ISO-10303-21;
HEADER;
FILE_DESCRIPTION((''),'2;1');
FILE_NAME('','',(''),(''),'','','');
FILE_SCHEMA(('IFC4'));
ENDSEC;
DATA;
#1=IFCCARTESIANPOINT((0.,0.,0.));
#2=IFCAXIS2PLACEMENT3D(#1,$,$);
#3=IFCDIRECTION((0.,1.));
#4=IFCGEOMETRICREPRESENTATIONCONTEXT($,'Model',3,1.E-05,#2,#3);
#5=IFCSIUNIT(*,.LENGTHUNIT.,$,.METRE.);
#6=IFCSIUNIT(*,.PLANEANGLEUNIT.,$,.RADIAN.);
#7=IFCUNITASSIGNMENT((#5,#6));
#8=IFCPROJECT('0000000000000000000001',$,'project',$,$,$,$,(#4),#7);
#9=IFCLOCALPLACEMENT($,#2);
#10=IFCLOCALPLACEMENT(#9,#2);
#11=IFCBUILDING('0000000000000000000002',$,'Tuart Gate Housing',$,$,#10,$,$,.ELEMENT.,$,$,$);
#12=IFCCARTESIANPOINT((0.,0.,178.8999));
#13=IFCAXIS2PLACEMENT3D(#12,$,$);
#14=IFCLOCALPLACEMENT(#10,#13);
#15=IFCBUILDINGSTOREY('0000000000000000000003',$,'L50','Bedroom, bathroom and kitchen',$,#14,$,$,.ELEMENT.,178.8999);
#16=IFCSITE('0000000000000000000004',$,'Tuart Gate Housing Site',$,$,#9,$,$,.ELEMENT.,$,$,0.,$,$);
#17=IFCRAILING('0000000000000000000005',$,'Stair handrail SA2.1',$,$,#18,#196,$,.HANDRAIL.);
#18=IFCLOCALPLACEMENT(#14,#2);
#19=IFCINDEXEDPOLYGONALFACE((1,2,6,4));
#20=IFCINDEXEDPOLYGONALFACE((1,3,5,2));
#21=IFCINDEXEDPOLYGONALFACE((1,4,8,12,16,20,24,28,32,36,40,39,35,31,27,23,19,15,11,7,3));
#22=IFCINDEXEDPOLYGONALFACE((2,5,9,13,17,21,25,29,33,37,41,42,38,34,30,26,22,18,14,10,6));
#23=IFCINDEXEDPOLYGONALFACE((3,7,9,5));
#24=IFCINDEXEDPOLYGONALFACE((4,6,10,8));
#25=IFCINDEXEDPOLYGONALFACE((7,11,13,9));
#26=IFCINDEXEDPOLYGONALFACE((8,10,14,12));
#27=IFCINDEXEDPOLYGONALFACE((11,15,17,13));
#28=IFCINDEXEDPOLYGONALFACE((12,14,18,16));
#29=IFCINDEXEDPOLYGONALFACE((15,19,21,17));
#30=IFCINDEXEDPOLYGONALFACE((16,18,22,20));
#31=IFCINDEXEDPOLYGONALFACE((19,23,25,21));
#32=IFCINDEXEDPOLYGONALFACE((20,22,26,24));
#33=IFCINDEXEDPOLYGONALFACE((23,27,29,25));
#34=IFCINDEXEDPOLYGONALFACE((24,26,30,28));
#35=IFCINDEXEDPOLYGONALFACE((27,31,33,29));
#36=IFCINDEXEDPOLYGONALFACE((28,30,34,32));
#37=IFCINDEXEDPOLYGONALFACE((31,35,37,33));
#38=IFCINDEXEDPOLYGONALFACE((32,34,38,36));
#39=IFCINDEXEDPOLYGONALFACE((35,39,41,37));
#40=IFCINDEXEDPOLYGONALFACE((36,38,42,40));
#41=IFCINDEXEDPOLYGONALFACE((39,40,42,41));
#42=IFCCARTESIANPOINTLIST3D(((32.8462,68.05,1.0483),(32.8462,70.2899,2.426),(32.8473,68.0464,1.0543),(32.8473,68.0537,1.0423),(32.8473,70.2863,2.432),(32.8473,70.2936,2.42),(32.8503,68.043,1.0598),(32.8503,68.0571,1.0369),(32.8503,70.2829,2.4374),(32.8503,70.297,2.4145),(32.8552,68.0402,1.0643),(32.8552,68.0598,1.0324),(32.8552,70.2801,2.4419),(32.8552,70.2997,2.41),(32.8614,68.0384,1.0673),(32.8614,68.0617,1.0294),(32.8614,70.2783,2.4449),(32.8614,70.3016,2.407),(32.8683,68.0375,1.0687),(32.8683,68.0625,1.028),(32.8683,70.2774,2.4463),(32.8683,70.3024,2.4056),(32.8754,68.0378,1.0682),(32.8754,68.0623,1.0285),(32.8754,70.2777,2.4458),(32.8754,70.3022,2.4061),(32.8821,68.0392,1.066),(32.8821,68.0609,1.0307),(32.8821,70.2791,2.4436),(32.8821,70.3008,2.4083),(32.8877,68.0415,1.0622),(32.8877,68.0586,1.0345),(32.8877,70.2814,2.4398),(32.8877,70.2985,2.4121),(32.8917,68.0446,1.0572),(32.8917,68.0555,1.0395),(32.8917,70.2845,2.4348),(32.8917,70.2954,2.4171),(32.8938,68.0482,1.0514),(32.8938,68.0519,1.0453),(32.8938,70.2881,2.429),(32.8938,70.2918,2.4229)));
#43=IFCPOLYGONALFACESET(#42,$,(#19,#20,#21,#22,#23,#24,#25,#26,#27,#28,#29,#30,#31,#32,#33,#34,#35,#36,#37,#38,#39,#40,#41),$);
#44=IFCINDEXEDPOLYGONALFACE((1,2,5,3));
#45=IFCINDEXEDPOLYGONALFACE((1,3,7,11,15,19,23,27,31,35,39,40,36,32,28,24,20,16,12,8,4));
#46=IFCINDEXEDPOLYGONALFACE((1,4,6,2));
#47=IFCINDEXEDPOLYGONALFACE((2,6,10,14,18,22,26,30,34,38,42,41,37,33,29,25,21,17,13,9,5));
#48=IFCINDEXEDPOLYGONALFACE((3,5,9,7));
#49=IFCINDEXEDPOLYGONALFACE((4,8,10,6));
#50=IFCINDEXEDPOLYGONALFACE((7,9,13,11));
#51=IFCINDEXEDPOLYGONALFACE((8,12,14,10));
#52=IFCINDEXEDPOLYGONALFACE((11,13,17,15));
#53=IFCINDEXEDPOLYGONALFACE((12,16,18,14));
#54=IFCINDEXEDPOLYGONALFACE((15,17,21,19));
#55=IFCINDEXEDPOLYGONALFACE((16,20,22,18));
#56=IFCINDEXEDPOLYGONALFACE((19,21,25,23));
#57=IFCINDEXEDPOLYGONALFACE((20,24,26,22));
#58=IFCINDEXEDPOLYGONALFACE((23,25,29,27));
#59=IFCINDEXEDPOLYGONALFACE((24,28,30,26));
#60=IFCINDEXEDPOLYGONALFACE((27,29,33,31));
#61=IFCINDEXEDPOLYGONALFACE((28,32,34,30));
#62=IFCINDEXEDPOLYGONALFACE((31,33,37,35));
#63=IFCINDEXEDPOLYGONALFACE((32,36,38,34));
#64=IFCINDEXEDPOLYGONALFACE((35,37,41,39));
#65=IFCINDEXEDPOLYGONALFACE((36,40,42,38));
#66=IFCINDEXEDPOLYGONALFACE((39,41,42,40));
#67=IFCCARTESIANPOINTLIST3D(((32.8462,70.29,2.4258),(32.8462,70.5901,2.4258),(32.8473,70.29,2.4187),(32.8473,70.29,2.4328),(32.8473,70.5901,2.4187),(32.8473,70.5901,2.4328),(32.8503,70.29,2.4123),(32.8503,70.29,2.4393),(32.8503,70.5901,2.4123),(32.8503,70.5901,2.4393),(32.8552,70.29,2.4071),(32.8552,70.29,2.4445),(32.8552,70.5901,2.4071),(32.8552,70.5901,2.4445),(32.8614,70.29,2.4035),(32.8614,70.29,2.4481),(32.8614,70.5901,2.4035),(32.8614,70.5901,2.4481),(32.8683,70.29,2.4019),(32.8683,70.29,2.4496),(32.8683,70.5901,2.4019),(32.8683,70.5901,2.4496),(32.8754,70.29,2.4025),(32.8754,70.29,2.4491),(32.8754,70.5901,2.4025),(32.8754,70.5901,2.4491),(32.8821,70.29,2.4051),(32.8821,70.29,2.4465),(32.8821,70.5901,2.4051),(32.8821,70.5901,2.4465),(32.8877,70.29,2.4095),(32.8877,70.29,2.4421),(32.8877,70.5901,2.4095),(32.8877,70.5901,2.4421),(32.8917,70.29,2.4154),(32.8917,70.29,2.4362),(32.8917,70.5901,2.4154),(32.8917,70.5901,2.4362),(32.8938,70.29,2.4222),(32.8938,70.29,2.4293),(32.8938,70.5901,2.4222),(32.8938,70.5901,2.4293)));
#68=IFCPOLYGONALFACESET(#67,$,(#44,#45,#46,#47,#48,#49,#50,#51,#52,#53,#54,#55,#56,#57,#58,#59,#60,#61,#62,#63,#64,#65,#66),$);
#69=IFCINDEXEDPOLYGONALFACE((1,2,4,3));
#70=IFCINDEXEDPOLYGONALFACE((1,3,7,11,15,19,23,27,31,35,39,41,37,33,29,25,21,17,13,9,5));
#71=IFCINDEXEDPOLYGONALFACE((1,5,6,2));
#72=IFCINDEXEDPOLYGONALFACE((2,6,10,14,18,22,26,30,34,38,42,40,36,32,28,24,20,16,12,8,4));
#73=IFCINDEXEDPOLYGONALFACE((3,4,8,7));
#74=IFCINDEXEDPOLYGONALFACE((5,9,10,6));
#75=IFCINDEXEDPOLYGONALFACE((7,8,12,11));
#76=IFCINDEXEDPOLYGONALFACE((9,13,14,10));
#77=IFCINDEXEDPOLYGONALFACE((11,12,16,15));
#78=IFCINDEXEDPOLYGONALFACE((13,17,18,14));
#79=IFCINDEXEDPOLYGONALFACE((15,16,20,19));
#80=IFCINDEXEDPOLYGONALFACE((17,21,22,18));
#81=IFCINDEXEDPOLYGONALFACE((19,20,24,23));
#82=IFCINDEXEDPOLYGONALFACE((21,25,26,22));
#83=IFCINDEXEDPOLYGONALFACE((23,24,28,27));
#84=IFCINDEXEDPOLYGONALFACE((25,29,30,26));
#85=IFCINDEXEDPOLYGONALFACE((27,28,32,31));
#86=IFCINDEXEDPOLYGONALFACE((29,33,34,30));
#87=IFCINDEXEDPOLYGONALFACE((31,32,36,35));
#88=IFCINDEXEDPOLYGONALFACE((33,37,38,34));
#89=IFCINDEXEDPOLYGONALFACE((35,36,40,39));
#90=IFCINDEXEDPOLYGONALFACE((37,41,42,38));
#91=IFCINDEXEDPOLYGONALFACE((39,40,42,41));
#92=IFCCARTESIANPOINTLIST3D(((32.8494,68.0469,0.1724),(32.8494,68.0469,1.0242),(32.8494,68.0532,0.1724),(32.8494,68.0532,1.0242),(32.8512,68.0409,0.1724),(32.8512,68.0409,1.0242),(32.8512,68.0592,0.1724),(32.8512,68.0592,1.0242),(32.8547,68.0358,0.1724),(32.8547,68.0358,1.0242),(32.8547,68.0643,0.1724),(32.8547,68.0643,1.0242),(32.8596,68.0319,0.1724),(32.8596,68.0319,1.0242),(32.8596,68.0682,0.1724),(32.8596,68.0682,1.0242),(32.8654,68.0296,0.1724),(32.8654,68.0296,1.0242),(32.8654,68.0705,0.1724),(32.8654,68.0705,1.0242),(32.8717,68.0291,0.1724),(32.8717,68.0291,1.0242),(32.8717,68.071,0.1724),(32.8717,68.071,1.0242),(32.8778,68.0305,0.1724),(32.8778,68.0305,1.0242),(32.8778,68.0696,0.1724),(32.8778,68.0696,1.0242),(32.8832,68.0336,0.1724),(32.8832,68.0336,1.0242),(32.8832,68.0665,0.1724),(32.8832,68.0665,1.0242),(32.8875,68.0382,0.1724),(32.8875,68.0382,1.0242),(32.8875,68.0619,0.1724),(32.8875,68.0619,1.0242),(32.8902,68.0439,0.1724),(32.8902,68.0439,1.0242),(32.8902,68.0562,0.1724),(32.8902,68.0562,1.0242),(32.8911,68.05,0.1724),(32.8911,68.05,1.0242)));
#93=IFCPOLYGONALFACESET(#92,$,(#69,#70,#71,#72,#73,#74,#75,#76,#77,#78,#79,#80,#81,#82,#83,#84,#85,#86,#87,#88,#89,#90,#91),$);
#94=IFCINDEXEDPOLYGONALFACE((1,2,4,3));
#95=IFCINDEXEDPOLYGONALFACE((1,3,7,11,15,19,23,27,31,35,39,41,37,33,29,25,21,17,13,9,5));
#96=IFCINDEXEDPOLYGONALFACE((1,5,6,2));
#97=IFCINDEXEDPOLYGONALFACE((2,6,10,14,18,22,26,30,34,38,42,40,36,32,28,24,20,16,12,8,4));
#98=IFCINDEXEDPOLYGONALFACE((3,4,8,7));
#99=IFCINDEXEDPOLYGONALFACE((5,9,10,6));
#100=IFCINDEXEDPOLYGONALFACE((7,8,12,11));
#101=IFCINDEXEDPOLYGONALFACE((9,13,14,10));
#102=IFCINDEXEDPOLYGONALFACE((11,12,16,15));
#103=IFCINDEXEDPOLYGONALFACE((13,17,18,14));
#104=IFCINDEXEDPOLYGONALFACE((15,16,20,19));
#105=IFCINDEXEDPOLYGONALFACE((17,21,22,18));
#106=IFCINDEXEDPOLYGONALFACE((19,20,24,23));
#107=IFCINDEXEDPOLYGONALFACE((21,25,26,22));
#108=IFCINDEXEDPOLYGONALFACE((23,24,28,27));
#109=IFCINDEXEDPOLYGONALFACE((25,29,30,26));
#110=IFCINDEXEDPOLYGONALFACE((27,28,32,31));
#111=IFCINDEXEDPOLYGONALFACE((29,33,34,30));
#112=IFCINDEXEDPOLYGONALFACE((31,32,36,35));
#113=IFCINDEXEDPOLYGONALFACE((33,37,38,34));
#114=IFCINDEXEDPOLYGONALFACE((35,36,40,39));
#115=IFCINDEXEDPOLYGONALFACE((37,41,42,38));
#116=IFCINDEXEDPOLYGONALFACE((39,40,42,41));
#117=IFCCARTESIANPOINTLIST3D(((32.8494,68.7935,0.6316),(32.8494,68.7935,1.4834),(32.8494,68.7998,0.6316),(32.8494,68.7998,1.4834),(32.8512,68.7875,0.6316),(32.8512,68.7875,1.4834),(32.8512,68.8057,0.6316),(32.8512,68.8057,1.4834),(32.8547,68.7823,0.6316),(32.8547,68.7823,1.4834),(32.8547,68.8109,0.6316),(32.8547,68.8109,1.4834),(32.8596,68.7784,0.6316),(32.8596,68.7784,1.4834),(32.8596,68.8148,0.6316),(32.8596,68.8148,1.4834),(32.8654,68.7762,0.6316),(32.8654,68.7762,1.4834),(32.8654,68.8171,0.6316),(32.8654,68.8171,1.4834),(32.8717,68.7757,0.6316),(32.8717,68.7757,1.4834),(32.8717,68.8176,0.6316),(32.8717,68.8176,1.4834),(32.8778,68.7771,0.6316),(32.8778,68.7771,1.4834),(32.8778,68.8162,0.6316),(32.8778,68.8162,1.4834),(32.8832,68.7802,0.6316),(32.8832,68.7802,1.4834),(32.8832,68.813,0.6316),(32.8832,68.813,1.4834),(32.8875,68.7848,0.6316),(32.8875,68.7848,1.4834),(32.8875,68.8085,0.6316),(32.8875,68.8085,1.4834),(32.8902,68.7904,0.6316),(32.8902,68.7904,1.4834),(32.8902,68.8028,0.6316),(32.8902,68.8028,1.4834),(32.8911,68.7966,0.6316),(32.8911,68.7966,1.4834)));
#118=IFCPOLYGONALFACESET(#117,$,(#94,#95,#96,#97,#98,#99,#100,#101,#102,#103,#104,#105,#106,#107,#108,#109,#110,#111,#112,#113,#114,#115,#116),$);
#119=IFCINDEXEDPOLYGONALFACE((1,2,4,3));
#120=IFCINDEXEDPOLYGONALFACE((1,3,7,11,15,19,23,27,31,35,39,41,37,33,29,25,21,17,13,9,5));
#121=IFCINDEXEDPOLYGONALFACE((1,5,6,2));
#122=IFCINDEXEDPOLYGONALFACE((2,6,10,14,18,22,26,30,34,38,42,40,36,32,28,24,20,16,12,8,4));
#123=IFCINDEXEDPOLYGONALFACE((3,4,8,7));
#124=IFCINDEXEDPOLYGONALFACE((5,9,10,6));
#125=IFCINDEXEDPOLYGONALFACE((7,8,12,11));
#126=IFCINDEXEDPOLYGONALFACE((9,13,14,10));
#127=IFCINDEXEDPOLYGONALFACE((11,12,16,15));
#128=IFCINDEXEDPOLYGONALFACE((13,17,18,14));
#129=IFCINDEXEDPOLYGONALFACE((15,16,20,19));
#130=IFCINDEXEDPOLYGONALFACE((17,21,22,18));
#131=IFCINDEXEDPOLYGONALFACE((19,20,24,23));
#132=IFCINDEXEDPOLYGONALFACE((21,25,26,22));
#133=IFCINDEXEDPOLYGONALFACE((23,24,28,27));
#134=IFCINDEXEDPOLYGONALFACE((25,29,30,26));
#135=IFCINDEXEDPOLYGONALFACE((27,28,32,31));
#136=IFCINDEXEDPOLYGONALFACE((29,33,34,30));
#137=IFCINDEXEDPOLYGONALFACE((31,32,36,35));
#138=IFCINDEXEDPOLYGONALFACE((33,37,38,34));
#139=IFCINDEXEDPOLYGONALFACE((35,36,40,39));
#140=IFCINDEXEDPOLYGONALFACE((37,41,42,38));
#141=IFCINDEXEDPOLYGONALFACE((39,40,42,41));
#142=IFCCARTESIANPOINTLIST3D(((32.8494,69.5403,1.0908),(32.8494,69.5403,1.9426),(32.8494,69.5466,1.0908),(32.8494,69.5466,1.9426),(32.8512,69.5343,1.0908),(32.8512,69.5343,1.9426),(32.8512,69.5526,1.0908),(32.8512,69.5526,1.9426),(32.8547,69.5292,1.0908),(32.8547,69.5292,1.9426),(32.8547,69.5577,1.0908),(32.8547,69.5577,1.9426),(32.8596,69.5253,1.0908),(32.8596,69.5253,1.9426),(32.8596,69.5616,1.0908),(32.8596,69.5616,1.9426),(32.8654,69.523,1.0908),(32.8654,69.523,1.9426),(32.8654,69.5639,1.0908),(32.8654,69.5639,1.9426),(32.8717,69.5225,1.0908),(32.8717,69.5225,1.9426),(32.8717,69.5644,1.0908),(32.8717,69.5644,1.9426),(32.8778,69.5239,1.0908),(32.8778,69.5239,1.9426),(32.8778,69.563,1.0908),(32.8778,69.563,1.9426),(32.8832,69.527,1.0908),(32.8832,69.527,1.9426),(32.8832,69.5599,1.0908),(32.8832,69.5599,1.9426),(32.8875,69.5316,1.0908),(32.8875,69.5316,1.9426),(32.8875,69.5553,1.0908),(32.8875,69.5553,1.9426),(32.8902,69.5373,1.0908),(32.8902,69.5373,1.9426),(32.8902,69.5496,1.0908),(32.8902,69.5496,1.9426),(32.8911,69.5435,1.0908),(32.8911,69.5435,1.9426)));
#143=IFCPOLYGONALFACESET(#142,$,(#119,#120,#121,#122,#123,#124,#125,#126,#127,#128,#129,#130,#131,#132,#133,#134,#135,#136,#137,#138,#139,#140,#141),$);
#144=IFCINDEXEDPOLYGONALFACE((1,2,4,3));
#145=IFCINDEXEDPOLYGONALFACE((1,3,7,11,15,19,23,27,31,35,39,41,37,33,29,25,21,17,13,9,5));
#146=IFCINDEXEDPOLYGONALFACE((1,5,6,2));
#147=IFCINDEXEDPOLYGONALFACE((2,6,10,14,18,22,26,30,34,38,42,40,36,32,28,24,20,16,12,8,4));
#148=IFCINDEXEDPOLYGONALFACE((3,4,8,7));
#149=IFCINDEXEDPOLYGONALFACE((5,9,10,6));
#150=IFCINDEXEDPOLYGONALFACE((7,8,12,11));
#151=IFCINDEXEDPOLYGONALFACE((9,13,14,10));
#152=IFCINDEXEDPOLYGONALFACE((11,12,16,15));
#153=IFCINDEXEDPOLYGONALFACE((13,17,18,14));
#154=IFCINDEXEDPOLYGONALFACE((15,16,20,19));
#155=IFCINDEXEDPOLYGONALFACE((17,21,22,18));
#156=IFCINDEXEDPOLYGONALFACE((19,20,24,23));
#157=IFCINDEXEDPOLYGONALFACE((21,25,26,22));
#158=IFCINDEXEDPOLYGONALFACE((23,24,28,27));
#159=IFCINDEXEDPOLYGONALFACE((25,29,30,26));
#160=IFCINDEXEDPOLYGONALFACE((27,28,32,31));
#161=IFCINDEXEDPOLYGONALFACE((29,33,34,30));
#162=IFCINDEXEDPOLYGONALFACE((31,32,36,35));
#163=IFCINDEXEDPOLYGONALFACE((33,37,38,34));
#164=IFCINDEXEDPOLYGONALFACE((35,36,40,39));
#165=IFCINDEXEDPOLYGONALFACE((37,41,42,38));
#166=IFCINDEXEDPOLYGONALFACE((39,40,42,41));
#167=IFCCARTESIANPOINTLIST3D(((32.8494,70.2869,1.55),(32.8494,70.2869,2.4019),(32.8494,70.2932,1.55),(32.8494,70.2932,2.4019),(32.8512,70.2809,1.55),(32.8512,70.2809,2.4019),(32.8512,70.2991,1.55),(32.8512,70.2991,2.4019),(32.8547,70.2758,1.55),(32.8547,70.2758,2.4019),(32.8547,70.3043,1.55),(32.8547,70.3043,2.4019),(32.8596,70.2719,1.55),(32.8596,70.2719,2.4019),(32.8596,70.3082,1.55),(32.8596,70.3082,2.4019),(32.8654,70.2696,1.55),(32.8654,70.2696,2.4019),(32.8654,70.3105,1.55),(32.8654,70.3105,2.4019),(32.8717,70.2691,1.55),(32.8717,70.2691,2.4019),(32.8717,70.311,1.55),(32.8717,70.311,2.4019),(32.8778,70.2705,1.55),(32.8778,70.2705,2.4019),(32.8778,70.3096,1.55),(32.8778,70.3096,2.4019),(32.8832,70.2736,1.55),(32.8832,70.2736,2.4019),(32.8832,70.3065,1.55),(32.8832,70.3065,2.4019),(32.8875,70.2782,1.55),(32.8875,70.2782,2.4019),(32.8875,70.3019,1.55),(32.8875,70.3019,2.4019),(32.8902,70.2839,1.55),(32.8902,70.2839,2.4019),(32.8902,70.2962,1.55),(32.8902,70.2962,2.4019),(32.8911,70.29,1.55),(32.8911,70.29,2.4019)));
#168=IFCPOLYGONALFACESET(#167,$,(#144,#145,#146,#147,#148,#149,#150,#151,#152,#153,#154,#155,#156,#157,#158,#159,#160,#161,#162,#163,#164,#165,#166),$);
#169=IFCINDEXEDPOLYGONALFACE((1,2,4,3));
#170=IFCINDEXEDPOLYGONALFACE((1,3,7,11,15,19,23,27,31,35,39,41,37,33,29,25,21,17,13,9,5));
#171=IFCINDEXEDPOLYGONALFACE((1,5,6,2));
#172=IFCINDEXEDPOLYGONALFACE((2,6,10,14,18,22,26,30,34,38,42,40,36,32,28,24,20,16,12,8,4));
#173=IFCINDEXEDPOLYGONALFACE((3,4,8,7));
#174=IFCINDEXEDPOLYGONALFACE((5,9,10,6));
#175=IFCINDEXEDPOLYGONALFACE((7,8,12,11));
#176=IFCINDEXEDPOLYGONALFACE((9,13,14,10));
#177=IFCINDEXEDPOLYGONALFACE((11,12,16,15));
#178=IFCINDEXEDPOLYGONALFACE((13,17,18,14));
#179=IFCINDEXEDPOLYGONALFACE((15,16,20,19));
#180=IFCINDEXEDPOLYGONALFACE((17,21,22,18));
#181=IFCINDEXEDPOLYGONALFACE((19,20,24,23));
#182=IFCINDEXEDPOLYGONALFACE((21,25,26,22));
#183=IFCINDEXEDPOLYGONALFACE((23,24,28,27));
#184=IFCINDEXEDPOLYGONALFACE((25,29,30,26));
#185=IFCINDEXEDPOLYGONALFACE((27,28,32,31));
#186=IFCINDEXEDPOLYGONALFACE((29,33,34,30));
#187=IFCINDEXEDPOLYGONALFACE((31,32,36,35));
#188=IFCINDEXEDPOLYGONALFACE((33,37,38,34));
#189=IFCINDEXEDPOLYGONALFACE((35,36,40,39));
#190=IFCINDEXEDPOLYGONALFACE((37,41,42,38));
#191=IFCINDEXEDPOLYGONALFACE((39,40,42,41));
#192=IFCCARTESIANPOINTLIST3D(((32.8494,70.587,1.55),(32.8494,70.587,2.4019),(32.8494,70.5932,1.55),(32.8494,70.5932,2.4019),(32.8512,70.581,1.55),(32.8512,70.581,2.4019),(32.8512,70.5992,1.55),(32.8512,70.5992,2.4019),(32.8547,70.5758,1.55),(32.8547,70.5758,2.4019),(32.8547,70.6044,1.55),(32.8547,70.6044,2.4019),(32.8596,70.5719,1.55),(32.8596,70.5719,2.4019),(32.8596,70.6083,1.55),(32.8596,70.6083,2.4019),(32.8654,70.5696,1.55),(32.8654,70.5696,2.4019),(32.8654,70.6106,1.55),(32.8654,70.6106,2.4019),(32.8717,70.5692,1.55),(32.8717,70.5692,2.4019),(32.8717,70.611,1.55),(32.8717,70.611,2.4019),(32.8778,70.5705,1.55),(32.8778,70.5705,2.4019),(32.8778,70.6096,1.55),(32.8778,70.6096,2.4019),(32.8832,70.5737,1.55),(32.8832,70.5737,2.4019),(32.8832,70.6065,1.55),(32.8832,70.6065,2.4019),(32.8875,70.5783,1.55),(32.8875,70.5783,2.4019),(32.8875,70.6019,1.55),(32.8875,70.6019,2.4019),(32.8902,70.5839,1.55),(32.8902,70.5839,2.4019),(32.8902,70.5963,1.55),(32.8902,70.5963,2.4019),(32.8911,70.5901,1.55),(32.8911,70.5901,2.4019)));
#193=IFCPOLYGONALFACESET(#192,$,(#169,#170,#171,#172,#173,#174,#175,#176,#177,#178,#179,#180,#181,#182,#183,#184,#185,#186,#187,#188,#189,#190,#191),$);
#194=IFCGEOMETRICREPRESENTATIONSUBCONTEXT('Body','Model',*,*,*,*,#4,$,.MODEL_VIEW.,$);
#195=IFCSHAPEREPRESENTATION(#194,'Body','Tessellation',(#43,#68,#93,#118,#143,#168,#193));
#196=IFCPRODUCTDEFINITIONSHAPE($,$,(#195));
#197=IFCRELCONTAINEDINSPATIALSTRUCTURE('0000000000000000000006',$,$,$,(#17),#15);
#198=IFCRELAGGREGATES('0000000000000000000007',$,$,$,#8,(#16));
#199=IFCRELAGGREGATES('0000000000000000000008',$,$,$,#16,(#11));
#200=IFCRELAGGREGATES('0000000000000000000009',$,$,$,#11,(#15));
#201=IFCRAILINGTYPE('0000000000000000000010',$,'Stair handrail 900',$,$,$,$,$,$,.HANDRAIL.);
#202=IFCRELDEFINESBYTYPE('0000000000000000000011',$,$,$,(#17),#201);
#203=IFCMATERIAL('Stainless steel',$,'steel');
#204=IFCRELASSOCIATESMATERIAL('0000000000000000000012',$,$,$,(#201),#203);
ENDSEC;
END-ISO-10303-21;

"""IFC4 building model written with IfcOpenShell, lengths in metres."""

from ifc_helpers import new_model, si_unit, direction, frame, origin, origin_2d, place, context, subcontext, project, spatial, circle, extrude, material, type_object, element, save


model = new_model("IFC4")

# Units and contexts
model_context = context("Model", 3, precision=1e-05, world=origin(), true_north=direction((0.0, 1.0)))
body_context = subcontext(model_context, "Body", "Model", "MODEL_VIEW")
ifc_project = project(units=[si_unit("LENGTHUNIT", "METRE"), si_unit("PLANEANGLEUNIT", "RADIAN")], contexts=[model_context])

# Site, building, storey
site_placement = place(None, origin())
site = spatial("IfcSite", under=ifc_project, at=site_placement, Name="Tuart Gate Housing Site", CompositionType="ELEMENT", RefElevation=0.0)
building_placement = place(site_placement, origin())
building = spatial("IfcBuilding", under=site, at=building_placement, Name="Tuart Gate Housing", CompositionType="ELEMENT")
storey_placement = place(building_placement, frame((0.0, 0.0, 178.8999)))
storey = spatial("IfcBuildingStorey", under=building, at=storey_placement, Name="L50", Description="Bedroom, bathroom and kitchen", CompositionType="ELEMENT", Elevation=178.8999)

# Railing
ifc_material_1 = material(Name="Stainless steel", Category="steel")
railing_type = type_object("IfcRailingType", Name="Stair handrail 900", PredefinedType="HANDRAIL", material=ifc_material_1)
railing_placement = place(storey_placement, frame((32.8701, 68.05, 0.1724)))
element("IfcRailing", 1, at=railing_placement, inside=storey, type_object=railing_type, Name="Stair handrail SA2.1", PredefinedType="HANDRAIL", context=body_context, shape_type="SweptSolid", body=[
    extrude(circle(Radius=0.0239, at=origin_2d()), frame((0.0, 0.0, 0.876), z_axis=(0.0, 0.851789, 0.523885), x_axis=(-1.0, 0.0, 0.0)), (0.0, 0.0, 1.0), 2.6296),
    extrude(circle(Radius=0.0239, at=origin_2d()), frame((0.0, 2.24, 2.2534), z_axis=(0.0, 1.0, 0.0), x_axis=(-1.0, 0.0, 0.0)), (0.0, 0.0, 1.0), 0.3),
    extrude(circle(Radius=0.021, at=origin_2d()), origin(), (0.0, 0.0, 1.0), 0.8518),
    extrude(circle(Radius=0.021, at=origin_2d()), frame((0.0, 0.7466, 0.4592)), (0.0, 0.0, 1.0), 0.8518),
    extrude(circle(Radius=0.021, at=origin_2d()), frame((0.0, 1.4934, 0.9185)), (0.0, 0.0, 1.0), 0.8518),
    extrude(circle(Radius=0.021, at=origin_2d()), frame((0.0, 2.24, 1.3777)), (0.0, 0.0, 1.0), 0.8518),
    extrude(circle(Radius=0.021, at=origin_2d()), frame((0.0, 2.54, 1.3777)), (0.0, 0.0, 1.0), 0.8518),
])

save(model, "model.ifc")
